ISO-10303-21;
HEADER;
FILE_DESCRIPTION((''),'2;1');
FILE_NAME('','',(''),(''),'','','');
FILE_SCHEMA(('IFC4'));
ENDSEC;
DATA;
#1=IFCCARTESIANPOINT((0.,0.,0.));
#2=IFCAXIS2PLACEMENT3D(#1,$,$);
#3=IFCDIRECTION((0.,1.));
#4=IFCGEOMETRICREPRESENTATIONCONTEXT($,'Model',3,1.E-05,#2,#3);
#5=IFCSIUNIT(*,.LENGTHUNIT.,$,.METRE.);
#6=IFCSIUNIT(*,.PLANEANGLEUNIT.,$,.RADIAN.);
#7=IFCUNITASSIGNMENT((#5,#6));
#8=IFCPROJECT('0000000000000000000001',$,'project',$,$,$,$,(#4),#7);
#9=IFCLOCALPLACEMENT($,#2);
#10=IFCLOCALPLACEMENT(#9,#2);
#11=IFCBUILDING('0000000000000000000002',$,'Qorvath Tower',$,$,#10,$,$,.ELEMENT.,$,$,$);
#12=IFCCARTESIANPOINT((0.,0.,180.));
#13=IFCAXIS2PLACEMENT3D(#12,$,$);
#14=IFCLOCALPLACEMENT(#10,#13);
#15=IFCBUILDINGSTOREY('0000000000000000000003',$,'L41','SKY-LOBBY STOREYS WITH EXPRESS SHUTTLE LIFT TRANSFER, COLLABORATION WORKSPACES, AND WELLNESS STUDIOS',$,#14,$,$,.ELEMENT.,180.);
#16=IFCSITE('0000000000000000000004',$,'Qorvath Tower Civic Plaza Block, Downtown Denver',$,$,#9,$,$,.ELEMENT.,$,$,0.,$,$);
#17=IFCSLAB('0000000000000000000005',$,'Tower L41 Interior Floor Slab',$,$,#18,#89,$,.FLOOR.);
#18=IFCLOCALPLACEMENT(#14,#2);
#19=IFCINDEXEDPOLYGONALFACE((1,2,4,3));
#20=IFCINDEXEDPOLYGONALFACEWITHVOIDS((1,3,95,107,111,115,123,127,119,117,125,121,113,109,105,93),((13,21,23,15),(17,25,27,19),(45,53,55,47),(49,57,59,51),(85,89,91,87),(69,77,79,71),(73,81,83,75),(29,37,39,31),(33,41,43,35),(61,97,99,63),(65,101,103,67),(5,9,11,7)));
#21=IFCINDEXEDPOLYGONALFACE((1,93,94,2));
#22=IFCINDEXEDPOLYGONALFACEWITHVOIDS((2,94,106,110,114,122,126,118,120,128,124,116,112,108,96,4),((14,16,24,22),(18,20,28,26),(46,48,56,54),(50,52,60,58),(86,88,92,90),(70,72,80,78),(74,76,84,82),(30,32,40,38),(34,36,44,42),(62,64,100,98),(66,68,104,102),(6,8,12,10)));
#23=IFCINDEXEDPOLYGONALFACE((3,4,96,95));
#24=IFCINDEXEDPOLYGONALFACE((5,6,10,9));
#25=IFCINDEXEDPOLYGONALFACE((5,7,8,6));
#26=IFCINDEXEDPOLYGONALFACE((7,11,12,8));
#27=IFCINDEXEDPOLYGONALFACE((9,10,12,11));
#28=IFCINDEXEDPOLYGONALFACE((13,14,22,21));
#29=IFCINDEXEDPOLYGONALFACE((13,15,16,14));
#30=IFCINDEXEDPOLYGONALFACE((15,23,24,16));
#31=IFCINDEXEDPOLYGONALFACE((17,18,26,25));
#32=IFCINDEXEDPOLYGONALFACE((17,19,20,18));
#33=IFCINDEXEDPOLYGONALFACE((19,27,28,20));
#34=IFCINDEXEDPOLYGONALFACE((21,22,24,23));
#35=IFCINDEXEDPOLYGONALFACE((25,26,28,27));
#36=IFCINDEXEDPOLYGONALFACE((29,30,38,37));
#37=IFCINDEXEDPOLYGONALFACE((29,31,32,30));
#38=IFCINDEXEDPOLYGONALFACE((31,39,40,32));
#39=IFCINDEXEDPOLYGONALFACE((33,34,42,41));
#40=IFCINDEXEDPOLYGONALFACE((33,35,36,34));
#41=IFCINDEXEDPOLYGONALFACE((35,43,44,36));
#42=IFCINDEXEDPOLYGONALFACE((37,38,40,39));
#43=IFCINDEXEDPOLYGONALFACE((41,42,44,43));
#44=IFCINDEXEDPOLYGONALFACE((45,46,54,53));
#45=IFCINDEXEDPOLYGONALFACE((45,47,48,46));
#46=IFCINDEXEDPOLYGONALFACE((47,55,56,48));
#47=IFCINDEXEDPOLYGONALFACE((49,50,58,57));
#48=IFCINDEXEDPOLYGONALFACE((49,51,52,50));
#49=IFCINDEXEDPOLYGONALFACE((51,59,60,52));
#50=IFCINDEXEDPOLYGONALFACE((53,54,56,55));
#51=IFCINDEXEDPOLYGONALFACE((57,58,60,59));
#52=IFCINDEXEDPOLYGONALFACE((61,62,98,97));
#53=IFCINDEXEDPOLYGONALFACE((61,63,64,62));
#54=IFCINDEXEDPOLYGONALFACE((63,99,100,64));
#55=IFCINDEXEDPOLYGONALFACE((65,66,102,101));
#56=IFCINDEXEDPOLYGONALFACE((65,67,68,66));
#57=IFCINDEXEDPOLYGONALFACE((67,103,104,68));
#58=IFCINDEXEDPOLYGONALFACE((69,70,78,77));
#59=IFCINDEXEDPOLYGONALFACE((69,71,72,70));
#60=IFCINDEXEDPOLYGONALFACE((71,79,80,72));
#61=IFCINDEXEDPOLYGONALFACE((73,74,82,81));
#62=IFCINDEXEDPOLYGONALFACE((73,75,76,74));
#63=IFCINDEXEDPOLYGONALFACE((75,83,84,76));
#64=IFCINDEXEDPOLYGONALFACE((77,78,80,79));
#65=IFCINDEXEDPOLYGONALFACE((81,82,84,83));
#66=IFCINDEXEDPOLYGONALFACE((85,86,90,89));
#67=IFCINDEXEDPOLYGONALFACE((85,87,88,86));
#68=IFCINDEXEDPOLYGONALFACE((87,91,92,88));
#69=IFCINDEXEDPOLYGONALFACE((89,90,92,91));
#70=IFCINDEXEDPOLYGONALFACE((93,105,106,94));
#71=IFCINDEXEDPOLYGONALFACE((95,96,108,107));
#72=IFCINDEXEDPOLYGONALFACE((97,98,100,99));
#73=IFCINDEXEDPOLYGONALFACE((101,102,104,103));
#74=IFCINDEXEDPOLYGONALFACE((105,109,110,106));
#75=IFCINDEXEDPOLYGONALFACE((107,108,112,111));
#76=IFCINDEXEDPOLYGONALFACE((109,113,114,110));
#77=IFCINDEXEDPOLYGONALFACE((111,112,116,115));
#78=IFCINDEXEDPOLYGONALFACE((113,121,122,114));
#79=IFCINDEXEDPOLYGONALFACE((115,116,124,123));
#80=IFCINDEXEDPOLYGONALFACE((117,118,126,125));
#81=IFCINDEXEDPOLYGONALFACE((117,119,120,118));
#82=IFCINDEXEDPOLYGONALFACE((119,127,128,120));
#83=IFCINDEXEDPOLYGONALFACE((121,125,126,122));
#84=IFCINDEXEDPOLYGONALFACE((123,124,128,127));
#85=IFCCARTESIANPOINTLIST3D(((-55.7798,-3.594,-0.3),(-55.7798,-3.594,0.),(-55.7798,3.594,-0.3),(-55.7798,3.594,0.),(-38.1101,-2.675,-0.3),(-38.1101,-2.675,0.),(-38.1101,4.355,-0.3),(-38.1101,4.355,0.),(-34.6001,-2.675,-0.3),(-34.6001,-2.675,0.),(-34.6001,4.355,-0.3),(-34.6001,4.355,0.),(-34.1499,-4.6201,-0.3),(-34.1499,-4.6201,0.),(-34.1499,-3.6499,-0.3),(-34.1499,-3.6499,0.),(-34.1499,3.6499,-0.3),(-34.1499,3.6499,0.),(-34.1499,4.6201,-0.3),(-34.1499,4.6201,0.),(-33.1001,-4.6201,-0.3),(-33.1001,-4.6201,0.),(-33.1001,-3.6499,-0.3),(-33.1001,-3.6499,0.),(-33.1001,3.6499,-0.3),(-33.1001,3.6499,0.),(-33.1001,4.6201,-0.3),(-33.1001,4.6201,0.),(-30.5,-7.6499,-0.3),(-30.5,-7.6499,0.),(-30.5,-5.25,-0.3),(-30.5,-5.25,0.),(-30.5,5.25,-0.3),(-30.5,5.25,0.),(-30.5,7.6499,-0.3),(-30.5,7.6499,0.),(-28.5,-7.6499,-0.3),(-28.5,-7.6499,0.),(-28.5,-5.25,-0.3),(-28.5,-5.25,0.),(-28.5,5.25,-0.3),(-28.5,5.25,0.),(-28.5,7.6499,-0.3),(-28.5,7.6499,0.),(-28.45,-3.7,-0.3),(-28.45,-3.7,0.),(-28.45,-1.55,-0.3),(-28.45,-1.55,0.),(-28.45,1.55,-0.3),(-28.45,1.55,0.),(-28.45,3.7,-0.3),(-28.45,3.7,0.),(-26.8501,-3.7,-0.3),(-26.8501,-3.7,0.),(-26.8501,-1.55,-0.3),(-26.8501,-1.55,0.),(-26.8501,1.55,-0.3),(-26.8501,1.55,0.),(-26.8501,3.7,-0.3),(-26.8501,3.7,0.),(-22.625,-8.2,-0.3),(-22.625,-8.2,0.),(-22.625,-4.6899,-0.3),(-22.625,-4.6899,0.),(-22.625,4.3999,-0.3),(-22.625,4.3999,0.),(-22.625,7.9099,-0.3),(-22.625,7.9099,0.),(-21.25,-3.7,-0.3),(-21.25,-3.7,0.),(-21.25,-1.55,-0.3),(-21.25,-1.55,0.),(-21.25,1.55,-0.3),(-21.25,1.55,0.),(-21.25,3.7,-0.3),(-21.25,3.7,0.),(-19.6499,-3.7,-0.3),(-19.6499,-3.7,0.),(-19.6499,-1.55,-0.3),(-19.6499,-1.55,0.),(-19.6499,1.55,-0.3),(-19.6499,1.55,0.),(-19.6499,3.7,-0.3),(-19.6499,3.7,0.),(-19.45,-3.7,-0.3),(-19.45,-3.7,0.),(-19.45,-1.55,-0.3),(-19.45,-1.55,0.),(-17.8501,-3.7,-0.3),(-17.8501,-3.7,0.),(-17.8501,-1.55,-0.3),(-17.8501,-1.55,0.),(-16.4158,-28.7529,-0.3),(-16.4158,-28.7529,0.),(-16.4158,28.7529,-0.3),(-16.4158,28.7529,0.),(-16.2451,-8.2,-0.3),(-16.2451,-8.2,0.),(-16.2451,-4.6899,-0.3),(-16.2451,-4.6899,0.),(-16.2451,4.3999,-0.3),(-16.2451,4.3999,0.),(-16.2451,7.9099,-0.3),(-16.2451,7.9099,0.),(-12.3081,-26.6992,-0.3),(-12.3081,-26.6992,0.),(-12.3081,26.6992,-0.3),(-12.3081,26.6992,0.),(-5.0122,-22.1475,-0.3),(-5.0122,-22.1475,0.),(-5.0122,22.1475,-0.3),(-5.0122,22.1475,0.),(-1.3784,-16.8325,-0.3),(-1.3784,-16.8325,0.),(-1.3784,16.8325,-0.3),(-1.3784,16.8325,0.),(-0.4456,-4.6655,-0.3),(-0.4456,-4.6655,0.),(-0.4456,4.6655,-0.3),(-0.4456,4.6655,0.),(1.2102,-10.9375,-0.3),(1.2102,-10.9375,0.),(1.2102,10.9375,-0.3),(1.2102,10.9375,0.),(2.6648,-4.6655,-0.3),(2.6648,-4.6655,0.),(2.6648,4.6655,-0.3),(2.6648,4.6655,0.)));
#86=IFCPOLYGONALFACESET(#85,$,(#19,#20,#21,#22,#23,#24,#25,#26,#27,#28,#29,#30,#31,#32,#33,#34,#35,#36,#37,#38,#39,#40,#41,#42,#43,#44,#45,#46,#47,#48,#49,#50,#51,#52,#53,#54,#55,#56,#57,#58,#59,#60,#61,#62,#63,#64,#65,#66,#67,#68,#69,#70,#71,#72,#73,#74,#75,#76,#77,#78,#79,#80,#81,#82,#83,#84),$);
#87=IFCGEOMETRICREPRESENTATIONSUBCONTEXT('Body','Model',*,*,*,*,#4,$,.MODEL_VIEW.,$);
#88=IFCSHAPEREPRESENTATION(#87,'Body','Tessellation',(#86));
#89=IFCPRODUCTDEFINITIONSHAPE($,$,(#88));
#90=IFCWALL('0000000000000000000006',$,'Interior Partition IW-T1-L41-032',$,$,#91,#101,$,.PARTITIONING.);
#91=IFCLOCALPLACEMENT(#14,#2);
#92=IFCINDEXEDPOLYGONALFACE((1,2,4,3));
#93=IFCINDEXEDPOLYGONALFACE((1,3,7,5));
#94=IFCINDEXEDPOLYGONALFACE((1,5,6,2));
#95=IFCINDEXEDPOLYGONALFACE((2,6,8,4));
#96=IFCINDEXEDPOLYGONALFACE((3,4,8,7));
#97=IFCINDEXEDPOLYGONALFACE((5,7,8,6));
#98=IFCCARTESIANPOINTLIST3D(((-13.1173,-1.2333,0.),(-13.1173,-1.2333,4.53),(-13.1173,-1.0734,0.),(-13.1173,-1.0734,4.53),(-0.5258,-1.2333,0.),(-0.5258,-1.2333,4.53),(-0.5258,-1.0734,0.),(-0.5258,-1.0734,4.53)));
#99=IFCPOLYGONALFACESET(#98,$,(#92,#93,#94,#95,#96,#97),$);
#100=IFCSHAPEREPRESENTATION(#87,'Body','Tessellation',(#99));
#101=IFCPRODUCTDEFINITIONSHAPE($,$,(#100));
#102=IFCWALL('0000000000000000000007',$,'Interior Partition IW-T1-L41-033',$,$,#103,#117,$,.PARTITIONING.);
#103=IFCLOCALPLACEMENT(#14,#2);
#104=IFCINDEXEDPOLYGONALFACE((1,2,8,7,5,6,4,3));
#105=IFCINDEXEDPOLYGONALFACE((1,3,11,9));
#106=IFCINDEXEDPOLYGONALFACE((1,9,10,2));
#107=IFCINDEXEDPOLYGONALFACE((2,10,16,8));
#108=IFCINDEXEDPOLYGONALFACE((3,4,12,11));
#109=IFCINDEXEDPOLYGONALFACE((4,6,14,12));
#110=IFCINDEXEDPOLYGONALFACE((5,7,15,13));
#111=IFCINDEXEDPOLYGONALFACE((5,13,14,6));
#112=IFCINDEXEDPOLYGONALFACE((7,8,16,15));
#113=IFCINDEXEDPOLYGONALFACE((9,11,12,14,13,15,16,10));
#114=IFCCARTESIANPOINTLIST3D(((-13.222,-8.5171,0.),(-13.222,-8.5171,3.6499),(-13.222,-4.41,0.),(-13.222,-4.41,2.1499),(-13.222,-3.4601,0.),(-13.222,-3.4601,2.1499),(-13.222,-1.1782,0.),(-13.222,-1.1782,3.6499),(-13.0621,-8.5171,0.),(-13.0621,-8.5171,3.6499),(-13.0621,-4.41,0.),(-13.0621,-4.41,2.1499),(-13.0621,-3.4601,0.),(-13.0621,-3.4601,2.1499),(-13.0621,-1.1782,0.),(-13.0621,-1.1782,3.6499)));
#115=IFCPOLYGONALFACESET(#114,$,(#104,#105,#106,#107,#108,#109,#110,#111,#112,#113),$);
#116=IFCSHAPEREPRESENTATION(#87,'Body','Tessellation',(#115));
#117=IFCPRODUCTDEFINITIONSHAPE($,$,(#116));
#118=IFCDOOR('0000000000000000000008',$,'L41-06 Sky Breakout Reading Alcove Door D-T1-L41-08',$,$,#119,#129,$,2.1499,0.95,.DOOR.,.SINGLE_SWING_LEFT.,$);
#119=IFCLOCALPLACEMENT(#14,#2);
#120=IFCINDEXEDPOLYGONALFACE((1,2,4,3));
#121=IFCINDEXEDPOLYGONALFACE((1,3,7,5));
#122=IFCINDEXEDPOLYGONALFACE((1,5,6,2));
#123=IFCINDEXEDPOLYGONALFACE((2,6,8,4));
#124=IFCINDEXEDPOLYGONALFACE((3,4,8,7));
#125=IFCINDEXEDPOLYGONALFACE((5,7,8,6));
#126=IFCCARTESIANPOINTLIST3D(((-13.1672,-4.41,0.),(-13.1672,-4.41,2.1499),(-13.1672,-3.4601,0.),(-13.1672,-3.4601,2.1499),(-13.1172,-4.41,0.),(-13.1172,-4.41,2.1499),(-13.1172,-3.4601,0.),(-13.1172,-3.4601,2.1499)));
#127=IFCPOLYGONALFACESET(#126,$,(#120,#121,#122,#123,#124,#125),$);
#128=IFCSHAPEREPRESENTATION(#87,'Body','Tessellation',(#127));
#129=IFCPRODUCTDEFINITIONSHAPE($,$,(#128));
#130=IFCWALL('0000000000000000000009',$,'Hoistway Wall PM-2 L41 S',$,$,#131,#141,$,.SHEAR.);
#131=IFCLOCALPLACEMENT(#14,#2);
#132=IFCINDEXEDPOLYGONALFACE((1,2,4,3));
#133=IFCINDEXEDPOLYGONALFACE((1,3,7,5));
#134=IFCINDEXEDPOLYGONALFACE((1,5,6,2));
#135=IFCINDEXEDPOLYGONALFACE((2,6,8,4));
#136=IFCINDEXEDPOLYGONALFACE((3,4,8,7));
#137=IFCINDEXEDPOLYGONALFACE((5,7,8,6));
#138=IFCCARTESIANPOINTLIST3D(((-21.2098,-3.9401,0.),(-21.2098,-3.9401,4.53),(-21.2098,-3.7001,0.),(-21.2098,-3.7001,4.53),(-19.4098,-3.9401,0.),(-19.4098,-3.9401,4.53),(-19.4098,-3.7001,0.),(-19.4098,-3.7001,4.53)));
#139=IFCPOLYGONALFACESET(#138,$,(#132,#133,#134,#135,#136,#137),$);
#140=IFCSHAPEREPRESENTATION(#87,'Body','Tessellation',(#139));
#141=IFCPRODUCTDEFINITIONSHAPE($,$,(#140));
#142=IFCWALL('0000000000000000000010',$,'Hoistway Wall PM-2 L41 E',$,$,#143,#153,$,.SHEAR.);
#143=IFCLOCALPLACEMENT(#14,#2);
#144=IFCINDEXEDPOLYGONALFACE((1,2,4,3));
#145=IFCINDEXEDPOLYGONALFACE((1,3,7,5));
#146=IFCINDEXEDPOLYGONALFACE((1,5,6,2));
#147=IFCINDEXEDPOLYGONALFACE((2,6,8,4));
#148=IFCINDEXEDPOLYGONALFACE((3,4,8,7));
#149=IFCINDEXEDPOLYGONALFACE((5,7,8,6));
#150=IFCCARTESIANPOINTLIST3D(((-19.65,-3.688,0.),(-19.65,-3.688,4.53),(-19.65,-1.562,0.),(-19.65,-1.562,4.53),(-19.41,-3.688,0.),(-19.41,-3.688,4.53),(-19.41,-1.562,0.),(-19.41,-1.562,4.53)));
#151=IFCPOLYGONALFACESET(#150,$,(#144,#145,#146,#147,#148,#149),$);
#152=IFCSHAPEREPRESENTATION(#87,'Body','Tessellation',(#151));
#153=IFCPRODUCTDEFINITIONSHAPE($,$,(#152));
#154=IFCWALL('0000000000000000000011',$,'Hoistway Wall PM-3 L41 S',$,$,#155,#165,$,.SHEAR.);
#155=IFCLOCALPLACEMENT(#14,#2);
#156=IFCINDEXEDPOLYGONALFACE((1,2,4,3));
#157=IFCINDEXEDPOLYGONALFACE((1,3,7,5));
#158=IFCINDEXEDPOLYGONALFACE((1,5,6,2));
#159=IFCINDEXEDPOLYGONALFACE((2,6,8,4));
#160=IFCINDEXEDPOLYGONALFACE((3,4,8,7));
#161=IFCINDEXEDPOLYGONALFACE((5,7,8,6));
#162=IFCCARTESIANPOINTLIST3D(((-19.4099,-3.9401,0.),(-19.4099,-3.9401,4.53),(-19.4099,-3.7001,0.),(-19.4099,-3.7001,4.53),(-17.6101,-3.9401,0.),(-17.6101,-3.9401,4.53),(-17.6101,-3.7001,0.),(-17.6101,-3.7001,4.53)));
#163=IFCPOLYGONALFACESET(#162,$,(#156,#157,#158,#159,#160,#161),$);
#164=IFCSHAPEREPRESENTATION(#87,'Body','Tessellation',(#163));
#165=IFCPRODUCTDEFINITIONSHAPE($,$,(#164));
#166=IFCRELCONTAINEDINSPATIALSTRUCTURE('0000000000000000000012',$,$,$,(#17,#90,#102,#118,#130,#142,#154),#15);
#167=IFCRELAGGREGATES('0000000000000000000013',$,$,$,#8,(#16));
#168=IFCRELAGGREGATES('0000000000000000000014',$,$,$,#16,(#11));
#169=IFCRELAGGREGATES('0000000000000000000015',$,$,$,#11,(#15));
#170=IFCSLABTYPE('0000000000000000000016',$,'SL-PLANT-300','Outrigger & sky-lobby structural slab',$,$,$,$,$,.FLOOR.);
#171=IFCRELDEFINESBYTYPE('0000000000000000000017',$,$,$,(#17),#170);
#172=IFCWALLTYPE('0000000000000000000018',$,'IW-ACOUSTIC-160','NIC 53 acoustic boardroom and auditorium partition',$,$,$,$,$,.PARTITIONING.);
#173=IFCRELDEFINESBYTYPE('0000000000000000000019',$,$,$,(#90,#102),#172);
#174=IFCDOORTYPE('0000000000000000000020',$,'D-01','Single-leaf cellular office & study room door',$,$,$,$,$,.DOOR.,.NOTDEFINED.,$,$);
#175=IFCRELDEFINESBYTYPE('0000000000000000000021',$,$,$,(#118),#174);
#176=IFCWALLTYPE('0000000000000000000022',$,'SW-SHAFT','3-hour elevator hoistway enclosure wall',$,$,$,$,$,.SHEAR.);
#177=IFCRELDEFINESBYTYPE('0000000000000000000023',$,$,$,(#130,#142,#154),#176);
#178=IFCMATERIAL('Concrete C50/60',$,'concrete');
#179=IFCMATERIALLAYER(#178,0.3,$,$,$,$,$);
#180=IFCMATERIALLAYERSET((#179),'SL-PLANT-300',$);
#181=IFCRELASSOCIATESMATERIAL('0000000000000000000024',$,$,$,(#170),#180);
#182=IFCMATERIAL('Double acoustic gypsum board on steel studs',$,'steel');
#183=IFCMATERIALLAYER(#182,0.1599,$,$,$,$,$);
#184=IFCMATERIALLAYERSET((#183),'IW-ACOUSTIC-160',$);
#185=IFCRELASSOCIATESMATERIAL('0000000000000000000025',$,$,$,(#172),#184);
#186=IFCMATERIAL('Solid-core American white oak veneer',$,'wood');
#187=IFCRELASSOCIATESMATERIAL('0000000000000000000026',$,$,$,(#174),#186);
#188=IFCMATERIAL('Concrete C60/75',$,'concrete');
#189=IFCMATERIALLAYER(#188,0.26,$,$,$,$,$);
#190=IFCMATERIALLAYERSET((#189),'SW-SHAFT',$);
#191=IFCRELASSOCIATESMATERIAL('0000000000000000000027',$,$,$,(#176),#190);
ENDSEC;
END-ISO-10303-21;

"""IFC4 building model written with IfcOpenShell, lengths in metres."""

from ifc_helpers import new_model, si_unit, direction, frame, frame_2d, origin, place, context, subcontext, project, spatial, polyline, rectangle, outline, extrude, material, layer, layer_set, type_object, element, fill, save


model = new_model("IFC4")

# Units and contexts
model_context = context("Model", 3, precision=1e-05, world=origin(), true_north=direction((0.0, 1.0)))
body_context = subcontext(model_context, "Body", "Model", "MODEL_VIEW")
ifc_project = project(units=[si_unit("LENGTHUNIT", "METRE"), si_unit("PLANEANGLEUNIT", "RADIAN")], contexts=[model_context])

# Site, building, storey
site_placement = place(None, origin())
site = spatial("IfcSite", under=ifc_project, at=site_placement, Name="Qorvath Tower Civic Plaza Block, Downtown Denver", CompositionType="ELEMENT", RefElevation=0.0)
building_placement = place(site_placement, origin())
building = spatial("IfcBuilding", under=site, at=building_placement, Name="Qorvath Tower", CompositionType="ELEMENT")
storey_placement = place(building_placement, frame((0.0, 0.0, 180.0)))
storey = spatial("IfcBuildingStorey", under=building, at=storey_placement, Name="L41", Description="SKY-LOBBY STOREYS WITH EXPRESS SHUTTLE LIFT TRANSFER, COLLABORATION WORKSPACES, AND WELLNESS STUDIOS", CompositionType="ELEMENT", Elevation=180.0)

# Slab
ifc_material_1 = material(Name="Concrete C50/60", Category="concrete")
ifc_layer_1 = layer(ifc_material_1, 0.3)
ifc_layer_set_1 = layer_set([ifc_layer_1], Name="SL-PLANT-300")
slab_type_1 = type_object("IfcSlabType", Name="SL-PLANT-300", Description="Outrigger & sky-lobby structural slab", PredefinedType="FLOOR", material=ifc_layer_set_1)
slab_1_placement = place(storey_placement, frame((0.0, 0.0, -0.3)))
element("IfcSlab", 1, at=slab_1_placement, inside=storey, type_object=slab_type_1, Name="Tower L41 Interior Floor Slab", PredefinedType="FLOOR", context=body_context, shape_type="SweptSolid", body=[
    extrude(outline(polyline([(-55.7798, 3.594), (-55.7798, -3.594), (-16.4158, -28.7529), (-12.3081, -26.6992), (-5.0122, -22.1475), (-1.3784, -16.8325), (1.2102, -10.9375), (2.6648, -4.6655), (-0.4456, -4.6655), (-0.4456, 4.6655), (2.6648, 4.6655), (1.2102, 10.9375), (-1.3784, 16.8325), (-5.0122, 22.1475), (-12.3081, 26.6992), (-16.4158, 28.7529), (-55.7798, 3.594)]), holes=[polyline([(-16.2451, -8.2), (-22.625, -8.2), (-22.625, -4.6899), (-16.2451, -4.6899), (-16.2451, -8.2)]), polyline([(-22.625, 4.3999), (-22.625, 7.9099), (-16.2451, 7.9099), (-16.2451, 4.3999), (-22.625, 4.3999)]), polyline([(-17.8501, -3.7), (-19.45, -3.7), (-19.45, -1.55), (-17.8501, -1.55), (-17.8501, -3.7)]), polyline([(-21.25, -3.7), (-21.25, -1.55), (-19.6499, -1.55), (-19.6499, -3.7), (-21.25, -3.7)]), polyline([(-21.25, 1.55), (-21.25, 3.7), (-19.6499, 3.7), (-19.6499, 1.55), (-21.25, 1.55)]), polyline([(-28.45, -3.7), (-28.45, -1.55), (-26.8501, -1.55), (-26.8501, -3.7), (-28.45, -3.7)]), polyline([(-26.8501, 1.55), (-28.45, 1.55), (-28.45, 3.7), (-26.8501, 3.7), (-26.8501, 1.55)]), polyline([(-28.5, -7.6499), (-30.5, -7.6499), (-30.5, -5.25), (-28.5, -5.25), (-28.5, -7.6499)]), polyline([(-30.5, 5.25), (-30.5, 7.6499), (-28.5, 7.6499), (-28.5, 5.25), (-30.5, 5.25)]), polyline([(-34.1499, -4.6201), (-34.1499, -3.6499), (-33.1001, -3.6499), (-33.1001, -4.6201), (-34.1499, -4.6201)]), polyline([(-34.1499, 3.6499), (-34.1499, 4.6201), (-33.1001, 4.6201), (-33.1001, 3.6499), (-34.1499, 3.6499)]), polyline([(-34.6001, -2.675), (-38.1101, -2.675), (-38.1101, 4.355), (-34.6001, 4.355), (-34.6001, -2.675)])]), origin(), (0.0, 0.0, 1.0), 0.3),
])

# Wall
ifc_material_2 = material(Name="Double acoustic gypsum board on steel studs", Category="steel")
ifc_layer_2 = layer(ifc_material_2, 0.1599)
ifc_layer_set_2 = layer_set([ifc_layer_2], Name="IW-ACOUSTIC-160")
wall_type_1 = type_object("IfcWallType", Name="IW-ACOUSTIC-160", Description="NIC 53 acoustic boardroom and auditorium partition", PredefinedType="PARTITIONING", material=ifc_layer_set_2)
wall_1_placement = place(storey_placement, frame((-0.5256, -1.1533, 0.0), z_axis=(0.0, 0.0, 1.0), x_axis=(-1.0, 0.0, 0.0)))
element("IfcWall", 2, at=wall_1_placement, inside=storey, type_object=wall_type_1, Name="Interior Partition IW-T1-L41-032", PredefinedType="PARTITIONING", context=body_context, shape_type="SweptSolid", body=[
    extrude(rectangle(XDim=12.5916, YDim=0.1599, at=frame_2d((6.2959, 0.0))), origin(), (0.0, 0.0, 1.0), 4.53),
])

# Wall, opening, door
wall_2_placement = place(storey_placement, frame((-13.1421, -1.1782, 0.0), z_axis=(0.0, 0.0, 1.0), x_axis=(0.0, -1.0, 0.0)))
wall_2 = element("IfcWall", 3, at=wall_2_placement, inside=storey, type_object=wall_type_1, Name="Interior Partition IW-T1-L41-033", PredefinedType="PARTITIONING", context=body_context, shape_type="SweptSolid", body=[
    extrude(rectangle(XDim=7.3389, YDim=0.1599, at=frame_2d((3.6694, 0.0))), origin(), (0.0, 0.0, 1.0), 3.6499),
])
opening_1_placement = place(wall_2_placement, frame((2.2817, 0.0, 0.0)))
opening_1 = element("IfcOpeningElement", 4, at=opening_1_placement, cuts=wall_2, PredefinedType="OPENING", context=body_context, shape_type="SweptSolid", body=[
    extrude(rectangle(XDim=0.95, YDim=2.1499, at=frame_2d((0.4751, 1.075))), frame((0.0, 0.0898, 0.0), z_axis=(0.0, -1.0, 0.0), x_axis=(1.0, 0.0, 0.0)), (0.0, 0.0, 1.0), 0.1799),
])
ifc_material_3 = material(Name="Solid-core American white oak veneer", Category="wood")
door_type_1 = type_object("IfcDoorType", Name="D-01", Description="Single-leaf cellular office & study room door", OperationType="NOTDEFINED", PredefinedType="DOOR", material=ifc_material_3)
door_1_placement = place(opening_1_placement, origin())
door_1 = element("IfcDoor", 5, at=door_1_placement, inside=storey, type_object=door_type_1, Name="L41-06 Sky Breakout Reading Alcove Door D-T1-L41-08", OperationType="SINGLE_SWING_LEFT", OverallHeight=2.1499, OverallWidth=0.95, PredefinedType="DOOR", context=body_context, shape_type="SweptSolid", body=[
    extrude(rectangle(XDim=0.95, YDim=2.1499, at=frame_2d((0.4751, 1.075))), frame((0.0, 0.0249, 0.0), z_axis=(0.0, -1.0, 0.0), x_axis=(1.0, 0.0, 0.0)), (0.0, 0.0, 1.0), 0.05),
])
fill(opening_1, door_1)

# Walls
ifc_material_4 = material(Name="Concrete C60/75", Category="concrete")
ifc_layer_3 = layer(ifc_material_4, 0.26)
ifc_layer_set_3 = layer_set([ifc_layer_3], Name="SW-SHAFT")
wall_type_2 = type_object("IfcWallType", Name="SW-SHAFT", Description="3-hour elevator hoistway enclosure wall", PredefinedType="SHEAR", material=ifc_layer_set_3)
wall_3_placement = place(storey_placement, frame((-19.4099, -3.8201, 0.0), z_axis=(0.0, 0.0, 1.0), x_axis=(-1.0, 0.0, 0.0)))
element("IfcWall", 6, at=wall_3_placement, inside=storey, type_object=wall_type_2, Name="Hoistway Wall PM-2 L41 S", PredefinedType="SHEAR", context=body_context, shape_type="SweptSolid", body=[
    extrude(rectangle(XDim=1.8, YDim=0.24, at=frame_2d((0.8999, 0.0))), origin(), (0.0, 0.0, 1.0), 4.53),
])
wall_4_placement = place(storey_placement, frame((-19.53, -1.562, 0.0), z_axis=(0.0, 0.0, 1.0), x_axis=(0.0, -1.0, 0.0)))
element("IfcWall", 7, at=wall_4_placement, inside=storey, type_object=wall_type_2, Name="Hoistway Wall PM-2 L41 E", PredefinedType="SHEAR", context=body_context, shape_type="SweptSolid", body=[
    extrude(rectangle(XDim=2.126, YDim=0.24, at=frame_2d((1.063, 0.0))), origin(), (0.0, 0.0, 1.0), 4.53),
])
wall_5_placement = place(storey_placement, frame((-17.6101, -3.8201, 0.0), z_axis=(0.0, 0.0, 1.0), x_axis=(-1.0, 0.0, 0.0)))
element("IfcWall", 8, at=wall_5_placement, inside=storey, type_object=wall_type_2, Name="Hoistway Wall PM-3 L41 S", PredefinedType="SHEAR", context=body_context, shape_type="SweptSolid", body=[
    extrude(rectangle(XDim=1.7998, YDim=0.24, at=frame_2d((0.8999, 0.0))), origin(), (0.0, 0.0, 1.0), 4.53),
])

save(model, "model.ifc")
